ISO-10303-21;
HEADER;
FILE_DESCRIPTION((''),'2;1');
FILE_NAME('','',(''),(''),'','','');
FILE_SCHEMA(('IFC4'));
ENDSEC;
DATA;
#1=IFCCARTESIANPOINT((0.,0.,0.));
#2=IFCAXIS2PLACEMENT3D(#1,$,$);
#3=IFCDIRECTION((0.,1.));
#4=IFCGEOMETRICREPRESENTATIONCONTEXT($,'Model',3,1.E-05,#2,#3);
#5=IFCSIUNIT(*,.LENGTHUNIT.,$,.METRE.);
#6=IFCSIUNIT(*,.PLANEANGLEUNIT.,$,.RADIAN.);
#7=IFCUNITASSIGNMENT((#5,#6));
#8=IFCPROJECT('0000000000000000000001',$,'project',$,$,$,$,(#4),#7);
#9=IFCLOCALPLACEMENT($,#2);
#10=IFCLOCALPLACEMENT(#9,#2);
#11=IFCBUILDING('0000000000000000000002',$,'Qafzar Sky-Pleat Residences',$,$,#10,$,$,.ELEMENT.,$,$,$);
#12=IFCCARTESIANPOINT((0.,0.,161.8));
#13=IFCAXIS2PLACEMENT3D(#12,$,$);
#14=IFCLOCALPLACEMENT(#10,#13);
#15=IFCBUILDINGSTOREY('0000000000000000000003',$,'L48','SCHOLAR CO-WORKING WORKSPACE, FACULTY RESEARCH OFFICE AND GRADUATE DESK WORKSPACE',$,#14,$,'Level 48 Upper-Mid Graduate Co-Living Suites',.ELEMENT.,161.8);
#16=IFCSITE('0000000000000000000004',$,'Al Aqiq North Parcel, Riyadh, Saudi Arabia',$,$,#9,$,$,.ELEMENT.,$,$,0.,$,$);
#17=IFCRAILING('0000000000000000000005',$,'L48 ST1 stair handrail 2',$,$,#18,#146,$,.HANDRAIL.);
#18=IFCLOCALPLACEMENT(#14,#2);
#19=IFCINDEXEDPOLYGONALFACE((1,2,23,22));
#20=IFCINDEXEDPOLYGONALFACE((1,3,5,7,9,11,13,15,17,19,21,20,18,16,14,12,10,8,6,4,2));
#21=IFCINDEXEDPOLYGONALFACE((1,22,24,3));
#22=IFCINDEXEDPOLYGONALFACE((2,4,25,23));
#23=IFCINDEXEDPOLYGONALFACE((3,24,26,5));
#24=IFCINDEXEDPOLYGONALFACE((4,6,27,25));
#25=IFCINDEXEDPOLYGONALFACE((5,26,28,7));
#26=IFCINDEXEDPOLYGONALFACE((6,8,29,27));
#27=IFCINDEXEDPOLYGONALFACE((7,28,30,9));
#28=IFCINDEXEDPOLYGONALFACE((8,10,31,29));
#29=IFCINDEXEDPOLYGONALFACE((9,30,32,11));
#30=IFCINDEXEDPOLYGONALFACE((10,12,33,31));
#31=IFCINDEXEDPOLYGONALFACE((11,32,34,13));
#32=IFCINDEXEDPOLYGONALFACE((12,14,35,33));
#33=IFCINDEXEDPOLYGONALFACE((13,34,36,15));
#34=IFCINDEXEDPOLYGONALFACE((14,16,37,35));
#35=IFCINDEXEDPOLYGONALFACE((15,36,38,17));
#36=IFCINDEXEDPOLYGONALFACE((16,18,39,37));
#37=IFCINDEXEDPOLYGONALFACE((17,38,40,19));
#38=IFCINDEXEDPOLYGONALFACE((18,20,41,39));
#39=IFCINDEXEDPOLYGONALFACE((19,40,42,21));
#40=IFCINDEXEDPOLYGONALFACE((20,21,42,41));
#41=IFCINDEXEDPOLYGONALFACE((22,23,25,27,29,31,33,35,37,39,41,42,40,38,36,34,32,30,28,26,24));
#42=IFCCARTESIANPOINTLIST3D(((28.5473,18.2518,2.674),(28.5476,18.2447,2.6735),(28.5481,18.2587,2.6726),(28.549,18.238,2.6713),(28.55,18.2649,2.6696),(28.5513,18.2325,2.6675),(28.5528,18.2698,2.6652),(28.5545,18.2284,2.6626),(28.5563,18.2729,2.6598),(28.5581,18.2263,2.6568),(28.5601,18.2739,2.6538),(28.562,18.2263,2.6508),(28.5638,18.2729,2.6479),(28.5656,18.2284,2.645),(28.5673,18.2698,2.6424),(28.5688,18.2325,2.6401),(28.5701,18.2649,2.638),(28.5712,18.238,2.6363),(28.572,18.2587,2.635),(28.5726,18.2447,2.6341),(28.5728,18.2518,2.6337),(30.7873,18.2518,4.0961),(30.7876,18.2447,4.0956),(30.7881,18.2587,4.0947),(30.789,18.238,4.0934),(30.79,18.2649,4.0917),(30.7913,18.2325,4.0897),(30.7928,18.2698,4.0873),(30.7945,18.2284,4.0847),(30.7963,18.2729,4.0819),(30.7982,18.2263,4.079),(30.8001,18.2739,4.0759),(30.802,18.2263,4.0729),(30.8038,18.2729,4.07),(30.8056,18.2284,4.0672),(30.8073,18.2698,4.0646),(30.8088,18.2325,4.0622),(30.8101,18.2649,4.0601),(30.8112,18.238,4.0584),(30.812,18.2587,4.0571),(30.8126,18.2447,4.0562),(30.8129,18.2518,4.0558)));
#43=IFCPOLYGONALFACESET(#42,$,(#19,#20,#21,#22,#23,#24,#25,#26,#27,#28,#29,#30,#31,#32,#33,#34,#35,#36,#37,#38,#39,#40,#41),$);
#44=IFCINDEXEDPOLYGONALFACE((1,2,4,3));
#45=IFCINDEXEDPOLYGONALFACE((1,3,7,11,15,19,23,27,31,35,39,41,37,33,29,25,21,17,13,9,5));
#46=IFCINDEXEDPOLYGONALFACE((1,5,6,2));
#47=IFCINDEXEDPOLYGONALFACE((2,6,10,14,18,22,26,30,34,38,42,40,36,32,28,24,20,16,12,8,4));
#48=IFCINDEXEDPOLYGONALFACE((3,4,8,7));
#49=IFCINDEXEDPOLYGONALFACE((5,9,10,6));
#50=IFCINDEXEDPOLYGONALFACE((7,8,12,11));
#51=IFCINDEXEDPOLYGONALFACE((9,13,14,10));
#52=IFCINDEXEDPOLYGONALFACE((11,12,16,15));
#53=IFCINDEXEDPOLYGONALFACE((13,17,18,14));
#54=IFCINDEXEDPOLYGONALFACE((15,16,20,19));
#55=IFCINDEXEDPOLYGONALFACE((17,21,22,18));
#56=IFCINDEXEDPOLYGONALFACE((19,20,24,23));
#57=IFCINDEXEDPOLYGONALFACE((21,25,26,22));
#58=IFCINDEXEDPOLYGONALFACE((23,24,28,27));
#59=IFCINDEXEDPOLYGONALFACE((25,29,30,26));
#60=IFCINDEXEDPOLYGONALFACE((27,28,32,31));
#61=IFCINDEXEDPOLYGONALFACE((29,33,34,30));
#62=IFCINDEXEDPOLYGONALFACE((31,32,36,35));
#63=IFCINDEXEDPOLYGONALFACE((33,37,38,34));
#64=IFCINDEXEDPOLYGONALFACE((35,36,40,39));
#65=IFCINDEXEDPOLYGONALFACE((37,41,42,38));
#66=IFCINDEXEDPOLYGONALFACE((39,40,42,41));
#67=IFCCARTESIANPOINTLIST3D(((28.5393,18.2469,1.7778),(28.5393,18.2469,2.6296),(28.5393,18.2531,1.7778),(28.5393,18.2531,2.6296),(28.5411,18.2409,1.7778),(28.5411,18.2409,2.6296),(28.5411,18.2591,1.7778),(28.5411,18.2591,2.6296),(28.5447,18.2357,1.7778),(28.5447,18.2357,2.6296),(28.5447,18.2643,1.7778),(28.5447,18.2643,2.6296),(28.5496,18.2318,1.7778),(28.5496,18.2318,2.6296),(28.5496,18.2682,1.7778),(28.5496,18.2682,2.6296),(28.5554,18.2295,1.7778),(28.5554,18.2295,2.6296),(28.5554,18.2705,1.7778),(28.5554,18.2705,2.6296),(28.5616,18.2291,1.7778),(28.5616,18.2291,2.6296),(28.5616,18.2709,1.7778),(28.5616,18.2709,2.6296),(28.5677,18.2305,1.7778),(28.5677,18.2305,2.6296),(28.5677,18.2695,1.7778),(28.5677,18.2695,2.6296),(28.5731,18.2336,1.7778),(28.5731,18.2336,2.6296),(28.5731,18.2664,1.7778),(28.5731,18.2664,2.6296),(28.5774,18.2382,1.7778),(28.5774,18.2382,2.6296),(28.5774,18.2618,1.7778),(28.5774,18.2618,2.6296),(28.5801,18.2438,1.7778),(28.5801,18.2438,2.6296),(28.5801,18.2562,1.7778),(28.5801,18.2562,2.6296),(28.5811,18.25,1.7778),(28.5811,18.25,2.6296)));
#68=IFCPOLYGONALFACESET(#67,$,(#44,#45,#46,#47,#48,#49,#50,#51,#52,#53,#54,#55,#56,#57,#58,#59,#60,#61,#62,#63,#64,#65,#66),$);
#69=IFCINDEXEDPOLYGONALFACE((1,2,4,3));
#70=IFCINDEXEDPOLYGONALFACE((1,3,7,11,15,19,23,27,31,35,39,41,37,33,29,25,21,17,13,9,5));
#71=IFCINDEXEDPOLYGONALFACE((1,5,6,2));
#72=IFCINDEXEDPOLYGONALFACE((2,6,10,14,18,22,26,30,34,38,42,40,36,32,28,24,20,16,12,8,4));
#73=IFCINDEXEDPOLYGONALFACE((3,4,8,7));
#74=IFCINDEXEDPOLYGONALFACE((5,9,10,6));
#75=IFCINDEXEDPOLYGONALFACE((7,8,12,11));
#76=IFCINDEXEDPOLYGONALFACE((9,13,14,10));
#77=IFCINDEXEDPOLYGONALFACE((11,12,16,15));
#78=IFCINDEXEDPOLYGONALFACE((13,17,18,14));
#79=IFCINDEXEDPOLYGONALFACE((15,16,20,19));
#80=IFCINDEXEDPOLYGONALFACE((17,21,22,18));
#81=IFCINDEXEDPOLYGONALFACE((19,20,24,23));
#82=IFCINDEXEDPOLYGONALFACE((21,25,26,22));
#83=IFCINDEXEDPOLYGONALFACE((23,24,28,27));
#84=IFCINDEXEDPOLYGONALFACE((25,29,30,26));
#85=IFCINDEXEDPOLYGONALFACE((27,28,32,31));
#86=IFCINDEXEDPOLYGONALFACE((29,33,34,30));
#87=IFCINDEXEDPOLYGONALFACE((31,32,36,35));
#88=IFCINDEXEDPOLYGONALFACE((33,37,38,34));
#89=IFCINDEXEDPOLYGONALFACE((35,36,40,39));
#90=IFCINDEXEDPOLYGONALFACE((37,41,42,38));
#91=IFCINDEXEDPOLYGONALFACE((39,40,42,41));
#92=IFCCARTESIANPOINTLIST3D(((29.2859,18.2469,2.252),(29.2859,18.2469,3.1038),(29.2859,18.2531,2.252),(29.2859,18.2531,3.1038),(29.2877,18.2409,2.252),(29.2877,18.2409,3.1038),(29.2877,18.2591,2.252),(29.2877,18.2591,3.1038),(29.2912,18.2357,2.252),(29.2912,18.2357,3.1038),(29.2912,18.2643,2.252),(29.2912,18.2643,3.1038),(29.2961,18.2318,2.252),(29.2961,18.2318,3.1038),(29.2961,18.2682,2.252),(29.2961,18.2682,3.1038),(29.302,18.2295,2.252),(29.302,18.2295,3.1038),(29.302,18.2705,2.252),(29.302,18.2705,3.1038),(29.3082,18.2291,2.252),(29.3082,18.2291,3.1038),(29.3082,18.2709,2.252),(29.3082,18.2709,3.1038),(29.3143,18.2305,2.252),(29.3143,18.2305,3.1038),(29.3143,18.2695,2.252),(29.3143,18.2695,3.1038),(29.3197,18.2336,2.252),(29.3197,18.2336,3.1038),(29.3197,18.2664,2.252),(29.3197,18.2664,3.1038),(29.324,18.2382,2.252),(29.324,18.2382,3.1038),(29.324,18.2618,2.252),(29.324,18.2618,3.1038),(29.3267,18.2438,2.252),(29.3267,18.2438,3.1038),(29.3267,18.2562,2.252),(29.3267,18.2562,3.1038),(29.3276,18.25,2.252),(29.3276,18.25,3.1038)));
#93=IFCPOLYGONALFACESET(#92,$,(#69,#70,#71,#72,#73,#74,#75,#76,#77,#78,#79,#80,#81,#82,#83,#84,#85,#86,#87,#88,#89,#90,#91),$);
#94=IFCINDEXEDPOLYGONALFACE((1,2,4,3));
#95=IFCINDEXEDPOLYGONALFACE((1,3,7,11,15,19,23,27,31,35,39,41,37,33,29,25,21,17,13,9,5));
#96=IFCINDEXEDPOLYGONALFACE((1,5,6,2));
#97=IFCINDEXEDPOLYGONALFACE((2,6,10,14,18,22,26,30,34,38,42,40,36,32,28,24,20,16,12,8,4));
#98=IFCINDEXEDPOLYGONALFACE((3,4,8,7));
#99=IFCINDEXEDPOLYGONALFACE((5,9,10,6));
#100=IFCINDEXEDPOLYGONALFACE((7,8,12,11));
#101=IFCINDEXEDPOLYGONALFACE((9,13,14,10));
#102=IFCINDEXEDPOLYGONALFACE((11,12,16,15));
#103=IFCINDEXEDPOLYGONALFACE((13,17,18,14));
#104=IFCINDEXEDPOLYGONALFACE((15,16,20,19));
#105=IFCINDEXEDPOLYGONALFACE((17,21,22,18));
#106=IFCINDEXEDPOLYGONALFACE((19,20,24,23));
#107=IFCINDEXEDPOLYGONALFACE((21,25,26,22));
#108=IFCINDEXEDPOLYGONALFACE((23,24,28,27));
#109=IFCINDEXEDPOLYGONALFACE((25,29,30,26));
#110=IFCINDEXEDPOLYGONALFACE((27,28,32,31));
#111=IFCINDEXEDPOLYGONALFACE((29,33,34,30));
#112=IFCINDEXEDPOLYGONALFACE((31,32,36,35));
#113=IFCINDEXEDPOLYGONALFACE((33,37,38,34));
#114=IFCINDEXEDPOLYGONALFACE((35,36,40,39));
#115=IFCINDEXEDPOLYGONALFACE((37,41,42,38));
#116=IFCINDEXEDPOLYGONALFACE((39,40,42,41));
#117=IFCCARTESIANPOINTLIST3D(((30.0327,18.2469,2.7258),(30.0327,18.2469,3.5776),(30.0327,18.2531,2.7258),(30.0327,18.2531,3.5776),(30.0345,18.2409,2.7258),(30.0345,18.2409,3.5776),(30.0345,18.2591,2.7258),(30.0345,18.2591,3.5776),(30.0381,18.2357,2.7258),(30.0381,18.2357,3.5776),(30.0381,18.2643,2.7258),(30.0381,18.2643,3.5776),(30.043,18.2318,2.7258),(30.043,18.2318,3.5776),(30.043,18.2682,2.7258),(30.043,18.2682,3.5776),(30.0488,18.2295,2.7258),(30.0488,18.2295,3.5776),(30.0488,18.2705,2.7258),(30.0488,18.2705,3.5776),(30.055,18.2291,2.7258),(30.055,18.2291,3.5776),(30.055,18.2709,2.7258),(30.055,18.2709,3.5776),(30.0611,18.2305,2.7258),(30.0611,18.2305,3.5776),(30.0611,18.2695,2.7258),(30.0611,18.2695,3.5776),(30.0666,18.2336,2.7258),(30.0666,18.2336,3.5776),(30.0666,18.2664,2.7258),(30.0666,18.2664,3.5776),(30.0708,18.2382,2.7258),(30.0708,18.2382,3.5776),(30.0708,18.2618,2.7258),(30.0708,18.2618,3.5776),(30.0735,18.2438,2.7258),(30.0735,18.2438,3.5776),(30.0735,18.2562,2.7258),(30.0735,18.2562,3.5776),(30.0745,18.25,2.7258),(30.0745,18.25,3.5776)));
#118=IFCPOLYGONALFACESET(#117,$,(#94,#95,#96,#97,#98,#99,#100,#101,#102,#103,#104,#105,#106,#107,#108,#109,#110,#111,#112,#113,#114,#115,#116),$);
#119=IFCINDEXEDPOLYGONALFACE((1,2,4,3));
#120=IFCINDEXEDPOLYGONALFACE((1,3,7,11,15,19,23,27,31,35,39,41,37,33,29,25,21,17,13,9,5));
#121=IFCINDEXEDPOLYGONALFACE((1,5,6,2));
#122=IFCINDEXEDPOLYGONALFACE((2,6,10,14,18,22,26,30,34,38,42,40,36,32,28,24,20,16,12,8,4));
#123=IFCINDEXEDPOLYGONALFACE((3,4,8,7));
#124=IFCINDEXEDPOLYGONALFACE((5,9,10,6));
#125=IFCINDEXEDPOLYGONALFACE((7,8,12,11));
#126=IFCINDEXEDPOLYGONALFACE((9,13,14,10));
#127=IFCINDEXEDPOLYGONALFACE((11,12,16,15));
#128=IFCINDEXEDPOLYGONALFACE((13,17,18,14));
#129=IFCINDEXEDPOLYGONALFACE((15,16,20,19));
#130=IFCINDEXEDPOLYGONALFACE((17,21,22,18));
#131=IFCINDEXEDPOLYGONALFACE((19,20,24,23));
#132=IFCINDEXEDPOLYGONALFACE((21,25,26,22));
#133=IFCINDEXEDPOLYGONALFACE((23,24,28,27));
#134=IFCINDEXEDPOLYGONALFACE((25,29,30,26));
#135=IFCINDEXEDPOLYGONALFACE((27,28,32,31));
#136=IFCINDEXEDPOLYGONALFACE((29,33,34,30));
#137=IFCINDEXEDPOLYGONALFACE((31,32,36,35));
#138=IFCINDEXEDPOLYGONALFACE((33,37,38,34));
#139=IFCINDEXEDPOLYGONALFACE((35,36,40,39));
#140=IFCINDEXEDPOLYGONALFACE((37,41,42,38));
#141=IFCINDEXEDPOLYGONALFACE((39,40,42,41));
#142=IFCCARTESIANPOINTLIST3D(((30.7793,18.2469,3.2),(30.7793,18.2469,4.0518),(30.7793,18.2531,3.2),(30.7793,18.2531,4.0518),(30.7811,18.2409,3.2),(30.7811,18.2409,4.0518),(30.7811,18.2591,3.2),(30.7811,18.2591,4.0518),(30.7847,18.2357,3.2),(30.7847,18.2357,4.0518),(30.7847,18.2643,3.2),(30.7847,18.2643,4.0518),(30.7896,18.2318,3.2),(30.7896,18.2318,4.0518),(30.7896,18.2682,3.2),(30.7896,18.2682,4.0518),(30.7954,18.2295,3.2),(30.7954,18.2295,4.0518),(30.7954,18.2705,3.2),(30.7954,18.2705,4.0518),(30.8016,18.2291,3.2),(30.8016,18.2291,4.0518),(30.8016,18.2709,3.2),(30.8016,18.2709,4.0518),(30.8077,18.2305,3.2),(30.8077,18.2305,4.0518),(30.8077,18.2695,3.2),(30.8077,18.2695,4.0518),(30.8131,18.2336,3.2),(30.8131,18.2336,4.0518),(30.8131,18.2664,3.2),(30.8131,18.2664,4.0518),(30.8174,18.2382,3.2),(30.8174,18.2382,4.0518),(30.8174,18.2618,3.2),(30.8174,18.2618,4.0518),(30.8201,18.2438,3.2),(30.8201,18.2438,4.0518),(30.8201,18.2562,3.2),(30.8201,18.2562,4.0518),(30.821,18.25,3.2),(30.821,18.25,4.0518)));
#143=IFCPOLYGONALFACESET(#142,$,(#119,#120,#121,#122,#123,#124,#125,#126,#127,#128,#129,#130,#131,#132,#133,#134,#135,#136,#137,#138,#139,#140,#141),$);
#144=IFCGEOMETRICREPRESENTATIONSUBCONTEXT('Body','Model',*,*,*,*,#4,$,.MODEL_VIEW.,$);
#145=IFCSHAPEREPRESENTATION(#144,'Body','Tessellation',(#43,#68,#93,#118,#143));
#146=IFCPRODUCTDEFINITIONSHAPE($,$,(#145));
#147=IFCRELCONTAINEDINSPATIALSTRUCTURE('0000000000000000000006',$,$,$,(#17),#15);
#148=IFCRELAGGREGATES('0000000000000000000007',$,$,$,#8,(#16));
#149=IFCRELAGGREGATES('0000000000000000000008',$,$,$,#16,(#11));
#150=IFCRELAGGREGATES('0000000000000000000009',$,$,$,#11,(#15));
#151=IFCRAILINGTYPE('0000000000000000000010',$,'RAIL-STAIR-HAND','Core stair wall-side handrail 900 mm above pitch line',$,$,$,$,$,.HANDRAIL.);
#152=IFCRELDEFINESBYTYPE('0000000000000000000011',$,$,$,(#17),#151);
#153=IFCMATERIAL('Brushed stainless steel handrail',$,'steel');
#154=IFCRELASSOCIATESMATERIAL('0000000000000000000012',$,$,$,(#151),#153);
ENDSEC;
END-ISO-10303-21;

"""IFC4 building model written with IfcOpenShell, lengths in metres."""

from ifc_helpers import new_model, si_unit, direction, frame, origin, origin_2d, place, context, subcontext, project, spatial, circle, extrude, source, transform, mapped, material, type_object, element, save


model = new_model("IFC4")

# Units and contexts
model_context = context("Model", 3, precision=1e-05, world=origin(), true_north=direction((0.0, 1.0)))
body_context = subcontext(model_context, "Body", "Model", "MODEL_VIEW")
ifc_project = project(units=[si_unit("LENGTHUNIT", "METRE"), si_unit("PLANEANGLEUNIT", "RADIAN")], contexts=[model_context])

# Site, building, storey
site_placement = place(None, origin())
site = spatial("IfcSite", under=ifc_project, at=site_placement, Name="Al Aqiq North Parcel, Riyadh, Saudi Arabia", CompositionType="ELEMENT", RefElevation=0.0)
building_placement = place(site_placement, origin())
building = spatial("IfcBuilding", under=site, at=building_placement, Name="Qafzar Sky-Pleat Residences", CompositionType="ELEMENT")
storey_placement = place(building_placement, frame((0.0, 0.0, 161.8)))
storey = spatial("IfcBuildingStorey", under=building, at=storey_placement, Name="L48", Description="SCHOLAR CO-WORKING WORKSPACE, FACULTY RESEARCH OFFICE AND GRADUATE DESK WORKSPACE", LongName="Level 48 Upper-Mid Graduate Co-Living Suites", CompositionType="ELEMENT", Elevation=161.8)

# Railing
ifc_material_1 = material(Name="Brushed stainless steel handrail", Category="steel")
railing_type_1 = type_object("IfcRailingType", Name="RAIL-STAIR-HAND", Description="Core stair wall-side handrail 900 mm above pitch line", PredefinedType="HANDRAIL", material=ifc_material_1)
shared_shape_1 = source(origin(), body_context, "Body", "SweptSolid", [
    extrude(circle(Radius=0.0239, at=origin_2d()), frame((0.0, 0.0, 0.876), z_axis=(0.844229, 0.0, 0.535982), x_axis=(0.0, 1.0, 0.0)), (0.0, 0.0, 1.0), 2.6533),
    extrude(circle(Radius=0.021, at=origin_2d()), origin(), (0.0, 0.0, 1.0), 0.8518),
    extrude(circle(Radius=0.021, at=origin_2d()), frame((0.7466, 0.0, 0.4741)), (0.0, 0.0, 1.0), 0.8518),
    extrude(circle(Radius=0.021, at=origin_2d()), frame((1.4934, 0.0, 0.948)), (0.0, 0.0, 1.0), 0.8518),
    extrude(circle(Radius=0.021, at=origin_2d()), frame((2.24, 0.0, 1.4221)), (0.0, 0.0, 1.0), 0.8518),
])
railing_1_placement = place(storey_placement, frame((28.5601, 18.25, 1.7778)))
element("IfcRailing", 1, at=railing_1_placement, inside=storey, type_object=railing_type_1, Name="L48 ST1 stair handrail 2", PredefinedType="HANDRAIL", context=body_context, shape_type="MappedRepresentation", body=[
    mapped(shared_shape_1, transform((0.0, 0.0, 0.0), x_axis=(1.0, 0.0, 0.0), y_axis=(0.0, 1.0, 0.0), z_axis=(0.0, 0.0, 1.0), scale=1.0)),
])

save(model, "model.ifc")
